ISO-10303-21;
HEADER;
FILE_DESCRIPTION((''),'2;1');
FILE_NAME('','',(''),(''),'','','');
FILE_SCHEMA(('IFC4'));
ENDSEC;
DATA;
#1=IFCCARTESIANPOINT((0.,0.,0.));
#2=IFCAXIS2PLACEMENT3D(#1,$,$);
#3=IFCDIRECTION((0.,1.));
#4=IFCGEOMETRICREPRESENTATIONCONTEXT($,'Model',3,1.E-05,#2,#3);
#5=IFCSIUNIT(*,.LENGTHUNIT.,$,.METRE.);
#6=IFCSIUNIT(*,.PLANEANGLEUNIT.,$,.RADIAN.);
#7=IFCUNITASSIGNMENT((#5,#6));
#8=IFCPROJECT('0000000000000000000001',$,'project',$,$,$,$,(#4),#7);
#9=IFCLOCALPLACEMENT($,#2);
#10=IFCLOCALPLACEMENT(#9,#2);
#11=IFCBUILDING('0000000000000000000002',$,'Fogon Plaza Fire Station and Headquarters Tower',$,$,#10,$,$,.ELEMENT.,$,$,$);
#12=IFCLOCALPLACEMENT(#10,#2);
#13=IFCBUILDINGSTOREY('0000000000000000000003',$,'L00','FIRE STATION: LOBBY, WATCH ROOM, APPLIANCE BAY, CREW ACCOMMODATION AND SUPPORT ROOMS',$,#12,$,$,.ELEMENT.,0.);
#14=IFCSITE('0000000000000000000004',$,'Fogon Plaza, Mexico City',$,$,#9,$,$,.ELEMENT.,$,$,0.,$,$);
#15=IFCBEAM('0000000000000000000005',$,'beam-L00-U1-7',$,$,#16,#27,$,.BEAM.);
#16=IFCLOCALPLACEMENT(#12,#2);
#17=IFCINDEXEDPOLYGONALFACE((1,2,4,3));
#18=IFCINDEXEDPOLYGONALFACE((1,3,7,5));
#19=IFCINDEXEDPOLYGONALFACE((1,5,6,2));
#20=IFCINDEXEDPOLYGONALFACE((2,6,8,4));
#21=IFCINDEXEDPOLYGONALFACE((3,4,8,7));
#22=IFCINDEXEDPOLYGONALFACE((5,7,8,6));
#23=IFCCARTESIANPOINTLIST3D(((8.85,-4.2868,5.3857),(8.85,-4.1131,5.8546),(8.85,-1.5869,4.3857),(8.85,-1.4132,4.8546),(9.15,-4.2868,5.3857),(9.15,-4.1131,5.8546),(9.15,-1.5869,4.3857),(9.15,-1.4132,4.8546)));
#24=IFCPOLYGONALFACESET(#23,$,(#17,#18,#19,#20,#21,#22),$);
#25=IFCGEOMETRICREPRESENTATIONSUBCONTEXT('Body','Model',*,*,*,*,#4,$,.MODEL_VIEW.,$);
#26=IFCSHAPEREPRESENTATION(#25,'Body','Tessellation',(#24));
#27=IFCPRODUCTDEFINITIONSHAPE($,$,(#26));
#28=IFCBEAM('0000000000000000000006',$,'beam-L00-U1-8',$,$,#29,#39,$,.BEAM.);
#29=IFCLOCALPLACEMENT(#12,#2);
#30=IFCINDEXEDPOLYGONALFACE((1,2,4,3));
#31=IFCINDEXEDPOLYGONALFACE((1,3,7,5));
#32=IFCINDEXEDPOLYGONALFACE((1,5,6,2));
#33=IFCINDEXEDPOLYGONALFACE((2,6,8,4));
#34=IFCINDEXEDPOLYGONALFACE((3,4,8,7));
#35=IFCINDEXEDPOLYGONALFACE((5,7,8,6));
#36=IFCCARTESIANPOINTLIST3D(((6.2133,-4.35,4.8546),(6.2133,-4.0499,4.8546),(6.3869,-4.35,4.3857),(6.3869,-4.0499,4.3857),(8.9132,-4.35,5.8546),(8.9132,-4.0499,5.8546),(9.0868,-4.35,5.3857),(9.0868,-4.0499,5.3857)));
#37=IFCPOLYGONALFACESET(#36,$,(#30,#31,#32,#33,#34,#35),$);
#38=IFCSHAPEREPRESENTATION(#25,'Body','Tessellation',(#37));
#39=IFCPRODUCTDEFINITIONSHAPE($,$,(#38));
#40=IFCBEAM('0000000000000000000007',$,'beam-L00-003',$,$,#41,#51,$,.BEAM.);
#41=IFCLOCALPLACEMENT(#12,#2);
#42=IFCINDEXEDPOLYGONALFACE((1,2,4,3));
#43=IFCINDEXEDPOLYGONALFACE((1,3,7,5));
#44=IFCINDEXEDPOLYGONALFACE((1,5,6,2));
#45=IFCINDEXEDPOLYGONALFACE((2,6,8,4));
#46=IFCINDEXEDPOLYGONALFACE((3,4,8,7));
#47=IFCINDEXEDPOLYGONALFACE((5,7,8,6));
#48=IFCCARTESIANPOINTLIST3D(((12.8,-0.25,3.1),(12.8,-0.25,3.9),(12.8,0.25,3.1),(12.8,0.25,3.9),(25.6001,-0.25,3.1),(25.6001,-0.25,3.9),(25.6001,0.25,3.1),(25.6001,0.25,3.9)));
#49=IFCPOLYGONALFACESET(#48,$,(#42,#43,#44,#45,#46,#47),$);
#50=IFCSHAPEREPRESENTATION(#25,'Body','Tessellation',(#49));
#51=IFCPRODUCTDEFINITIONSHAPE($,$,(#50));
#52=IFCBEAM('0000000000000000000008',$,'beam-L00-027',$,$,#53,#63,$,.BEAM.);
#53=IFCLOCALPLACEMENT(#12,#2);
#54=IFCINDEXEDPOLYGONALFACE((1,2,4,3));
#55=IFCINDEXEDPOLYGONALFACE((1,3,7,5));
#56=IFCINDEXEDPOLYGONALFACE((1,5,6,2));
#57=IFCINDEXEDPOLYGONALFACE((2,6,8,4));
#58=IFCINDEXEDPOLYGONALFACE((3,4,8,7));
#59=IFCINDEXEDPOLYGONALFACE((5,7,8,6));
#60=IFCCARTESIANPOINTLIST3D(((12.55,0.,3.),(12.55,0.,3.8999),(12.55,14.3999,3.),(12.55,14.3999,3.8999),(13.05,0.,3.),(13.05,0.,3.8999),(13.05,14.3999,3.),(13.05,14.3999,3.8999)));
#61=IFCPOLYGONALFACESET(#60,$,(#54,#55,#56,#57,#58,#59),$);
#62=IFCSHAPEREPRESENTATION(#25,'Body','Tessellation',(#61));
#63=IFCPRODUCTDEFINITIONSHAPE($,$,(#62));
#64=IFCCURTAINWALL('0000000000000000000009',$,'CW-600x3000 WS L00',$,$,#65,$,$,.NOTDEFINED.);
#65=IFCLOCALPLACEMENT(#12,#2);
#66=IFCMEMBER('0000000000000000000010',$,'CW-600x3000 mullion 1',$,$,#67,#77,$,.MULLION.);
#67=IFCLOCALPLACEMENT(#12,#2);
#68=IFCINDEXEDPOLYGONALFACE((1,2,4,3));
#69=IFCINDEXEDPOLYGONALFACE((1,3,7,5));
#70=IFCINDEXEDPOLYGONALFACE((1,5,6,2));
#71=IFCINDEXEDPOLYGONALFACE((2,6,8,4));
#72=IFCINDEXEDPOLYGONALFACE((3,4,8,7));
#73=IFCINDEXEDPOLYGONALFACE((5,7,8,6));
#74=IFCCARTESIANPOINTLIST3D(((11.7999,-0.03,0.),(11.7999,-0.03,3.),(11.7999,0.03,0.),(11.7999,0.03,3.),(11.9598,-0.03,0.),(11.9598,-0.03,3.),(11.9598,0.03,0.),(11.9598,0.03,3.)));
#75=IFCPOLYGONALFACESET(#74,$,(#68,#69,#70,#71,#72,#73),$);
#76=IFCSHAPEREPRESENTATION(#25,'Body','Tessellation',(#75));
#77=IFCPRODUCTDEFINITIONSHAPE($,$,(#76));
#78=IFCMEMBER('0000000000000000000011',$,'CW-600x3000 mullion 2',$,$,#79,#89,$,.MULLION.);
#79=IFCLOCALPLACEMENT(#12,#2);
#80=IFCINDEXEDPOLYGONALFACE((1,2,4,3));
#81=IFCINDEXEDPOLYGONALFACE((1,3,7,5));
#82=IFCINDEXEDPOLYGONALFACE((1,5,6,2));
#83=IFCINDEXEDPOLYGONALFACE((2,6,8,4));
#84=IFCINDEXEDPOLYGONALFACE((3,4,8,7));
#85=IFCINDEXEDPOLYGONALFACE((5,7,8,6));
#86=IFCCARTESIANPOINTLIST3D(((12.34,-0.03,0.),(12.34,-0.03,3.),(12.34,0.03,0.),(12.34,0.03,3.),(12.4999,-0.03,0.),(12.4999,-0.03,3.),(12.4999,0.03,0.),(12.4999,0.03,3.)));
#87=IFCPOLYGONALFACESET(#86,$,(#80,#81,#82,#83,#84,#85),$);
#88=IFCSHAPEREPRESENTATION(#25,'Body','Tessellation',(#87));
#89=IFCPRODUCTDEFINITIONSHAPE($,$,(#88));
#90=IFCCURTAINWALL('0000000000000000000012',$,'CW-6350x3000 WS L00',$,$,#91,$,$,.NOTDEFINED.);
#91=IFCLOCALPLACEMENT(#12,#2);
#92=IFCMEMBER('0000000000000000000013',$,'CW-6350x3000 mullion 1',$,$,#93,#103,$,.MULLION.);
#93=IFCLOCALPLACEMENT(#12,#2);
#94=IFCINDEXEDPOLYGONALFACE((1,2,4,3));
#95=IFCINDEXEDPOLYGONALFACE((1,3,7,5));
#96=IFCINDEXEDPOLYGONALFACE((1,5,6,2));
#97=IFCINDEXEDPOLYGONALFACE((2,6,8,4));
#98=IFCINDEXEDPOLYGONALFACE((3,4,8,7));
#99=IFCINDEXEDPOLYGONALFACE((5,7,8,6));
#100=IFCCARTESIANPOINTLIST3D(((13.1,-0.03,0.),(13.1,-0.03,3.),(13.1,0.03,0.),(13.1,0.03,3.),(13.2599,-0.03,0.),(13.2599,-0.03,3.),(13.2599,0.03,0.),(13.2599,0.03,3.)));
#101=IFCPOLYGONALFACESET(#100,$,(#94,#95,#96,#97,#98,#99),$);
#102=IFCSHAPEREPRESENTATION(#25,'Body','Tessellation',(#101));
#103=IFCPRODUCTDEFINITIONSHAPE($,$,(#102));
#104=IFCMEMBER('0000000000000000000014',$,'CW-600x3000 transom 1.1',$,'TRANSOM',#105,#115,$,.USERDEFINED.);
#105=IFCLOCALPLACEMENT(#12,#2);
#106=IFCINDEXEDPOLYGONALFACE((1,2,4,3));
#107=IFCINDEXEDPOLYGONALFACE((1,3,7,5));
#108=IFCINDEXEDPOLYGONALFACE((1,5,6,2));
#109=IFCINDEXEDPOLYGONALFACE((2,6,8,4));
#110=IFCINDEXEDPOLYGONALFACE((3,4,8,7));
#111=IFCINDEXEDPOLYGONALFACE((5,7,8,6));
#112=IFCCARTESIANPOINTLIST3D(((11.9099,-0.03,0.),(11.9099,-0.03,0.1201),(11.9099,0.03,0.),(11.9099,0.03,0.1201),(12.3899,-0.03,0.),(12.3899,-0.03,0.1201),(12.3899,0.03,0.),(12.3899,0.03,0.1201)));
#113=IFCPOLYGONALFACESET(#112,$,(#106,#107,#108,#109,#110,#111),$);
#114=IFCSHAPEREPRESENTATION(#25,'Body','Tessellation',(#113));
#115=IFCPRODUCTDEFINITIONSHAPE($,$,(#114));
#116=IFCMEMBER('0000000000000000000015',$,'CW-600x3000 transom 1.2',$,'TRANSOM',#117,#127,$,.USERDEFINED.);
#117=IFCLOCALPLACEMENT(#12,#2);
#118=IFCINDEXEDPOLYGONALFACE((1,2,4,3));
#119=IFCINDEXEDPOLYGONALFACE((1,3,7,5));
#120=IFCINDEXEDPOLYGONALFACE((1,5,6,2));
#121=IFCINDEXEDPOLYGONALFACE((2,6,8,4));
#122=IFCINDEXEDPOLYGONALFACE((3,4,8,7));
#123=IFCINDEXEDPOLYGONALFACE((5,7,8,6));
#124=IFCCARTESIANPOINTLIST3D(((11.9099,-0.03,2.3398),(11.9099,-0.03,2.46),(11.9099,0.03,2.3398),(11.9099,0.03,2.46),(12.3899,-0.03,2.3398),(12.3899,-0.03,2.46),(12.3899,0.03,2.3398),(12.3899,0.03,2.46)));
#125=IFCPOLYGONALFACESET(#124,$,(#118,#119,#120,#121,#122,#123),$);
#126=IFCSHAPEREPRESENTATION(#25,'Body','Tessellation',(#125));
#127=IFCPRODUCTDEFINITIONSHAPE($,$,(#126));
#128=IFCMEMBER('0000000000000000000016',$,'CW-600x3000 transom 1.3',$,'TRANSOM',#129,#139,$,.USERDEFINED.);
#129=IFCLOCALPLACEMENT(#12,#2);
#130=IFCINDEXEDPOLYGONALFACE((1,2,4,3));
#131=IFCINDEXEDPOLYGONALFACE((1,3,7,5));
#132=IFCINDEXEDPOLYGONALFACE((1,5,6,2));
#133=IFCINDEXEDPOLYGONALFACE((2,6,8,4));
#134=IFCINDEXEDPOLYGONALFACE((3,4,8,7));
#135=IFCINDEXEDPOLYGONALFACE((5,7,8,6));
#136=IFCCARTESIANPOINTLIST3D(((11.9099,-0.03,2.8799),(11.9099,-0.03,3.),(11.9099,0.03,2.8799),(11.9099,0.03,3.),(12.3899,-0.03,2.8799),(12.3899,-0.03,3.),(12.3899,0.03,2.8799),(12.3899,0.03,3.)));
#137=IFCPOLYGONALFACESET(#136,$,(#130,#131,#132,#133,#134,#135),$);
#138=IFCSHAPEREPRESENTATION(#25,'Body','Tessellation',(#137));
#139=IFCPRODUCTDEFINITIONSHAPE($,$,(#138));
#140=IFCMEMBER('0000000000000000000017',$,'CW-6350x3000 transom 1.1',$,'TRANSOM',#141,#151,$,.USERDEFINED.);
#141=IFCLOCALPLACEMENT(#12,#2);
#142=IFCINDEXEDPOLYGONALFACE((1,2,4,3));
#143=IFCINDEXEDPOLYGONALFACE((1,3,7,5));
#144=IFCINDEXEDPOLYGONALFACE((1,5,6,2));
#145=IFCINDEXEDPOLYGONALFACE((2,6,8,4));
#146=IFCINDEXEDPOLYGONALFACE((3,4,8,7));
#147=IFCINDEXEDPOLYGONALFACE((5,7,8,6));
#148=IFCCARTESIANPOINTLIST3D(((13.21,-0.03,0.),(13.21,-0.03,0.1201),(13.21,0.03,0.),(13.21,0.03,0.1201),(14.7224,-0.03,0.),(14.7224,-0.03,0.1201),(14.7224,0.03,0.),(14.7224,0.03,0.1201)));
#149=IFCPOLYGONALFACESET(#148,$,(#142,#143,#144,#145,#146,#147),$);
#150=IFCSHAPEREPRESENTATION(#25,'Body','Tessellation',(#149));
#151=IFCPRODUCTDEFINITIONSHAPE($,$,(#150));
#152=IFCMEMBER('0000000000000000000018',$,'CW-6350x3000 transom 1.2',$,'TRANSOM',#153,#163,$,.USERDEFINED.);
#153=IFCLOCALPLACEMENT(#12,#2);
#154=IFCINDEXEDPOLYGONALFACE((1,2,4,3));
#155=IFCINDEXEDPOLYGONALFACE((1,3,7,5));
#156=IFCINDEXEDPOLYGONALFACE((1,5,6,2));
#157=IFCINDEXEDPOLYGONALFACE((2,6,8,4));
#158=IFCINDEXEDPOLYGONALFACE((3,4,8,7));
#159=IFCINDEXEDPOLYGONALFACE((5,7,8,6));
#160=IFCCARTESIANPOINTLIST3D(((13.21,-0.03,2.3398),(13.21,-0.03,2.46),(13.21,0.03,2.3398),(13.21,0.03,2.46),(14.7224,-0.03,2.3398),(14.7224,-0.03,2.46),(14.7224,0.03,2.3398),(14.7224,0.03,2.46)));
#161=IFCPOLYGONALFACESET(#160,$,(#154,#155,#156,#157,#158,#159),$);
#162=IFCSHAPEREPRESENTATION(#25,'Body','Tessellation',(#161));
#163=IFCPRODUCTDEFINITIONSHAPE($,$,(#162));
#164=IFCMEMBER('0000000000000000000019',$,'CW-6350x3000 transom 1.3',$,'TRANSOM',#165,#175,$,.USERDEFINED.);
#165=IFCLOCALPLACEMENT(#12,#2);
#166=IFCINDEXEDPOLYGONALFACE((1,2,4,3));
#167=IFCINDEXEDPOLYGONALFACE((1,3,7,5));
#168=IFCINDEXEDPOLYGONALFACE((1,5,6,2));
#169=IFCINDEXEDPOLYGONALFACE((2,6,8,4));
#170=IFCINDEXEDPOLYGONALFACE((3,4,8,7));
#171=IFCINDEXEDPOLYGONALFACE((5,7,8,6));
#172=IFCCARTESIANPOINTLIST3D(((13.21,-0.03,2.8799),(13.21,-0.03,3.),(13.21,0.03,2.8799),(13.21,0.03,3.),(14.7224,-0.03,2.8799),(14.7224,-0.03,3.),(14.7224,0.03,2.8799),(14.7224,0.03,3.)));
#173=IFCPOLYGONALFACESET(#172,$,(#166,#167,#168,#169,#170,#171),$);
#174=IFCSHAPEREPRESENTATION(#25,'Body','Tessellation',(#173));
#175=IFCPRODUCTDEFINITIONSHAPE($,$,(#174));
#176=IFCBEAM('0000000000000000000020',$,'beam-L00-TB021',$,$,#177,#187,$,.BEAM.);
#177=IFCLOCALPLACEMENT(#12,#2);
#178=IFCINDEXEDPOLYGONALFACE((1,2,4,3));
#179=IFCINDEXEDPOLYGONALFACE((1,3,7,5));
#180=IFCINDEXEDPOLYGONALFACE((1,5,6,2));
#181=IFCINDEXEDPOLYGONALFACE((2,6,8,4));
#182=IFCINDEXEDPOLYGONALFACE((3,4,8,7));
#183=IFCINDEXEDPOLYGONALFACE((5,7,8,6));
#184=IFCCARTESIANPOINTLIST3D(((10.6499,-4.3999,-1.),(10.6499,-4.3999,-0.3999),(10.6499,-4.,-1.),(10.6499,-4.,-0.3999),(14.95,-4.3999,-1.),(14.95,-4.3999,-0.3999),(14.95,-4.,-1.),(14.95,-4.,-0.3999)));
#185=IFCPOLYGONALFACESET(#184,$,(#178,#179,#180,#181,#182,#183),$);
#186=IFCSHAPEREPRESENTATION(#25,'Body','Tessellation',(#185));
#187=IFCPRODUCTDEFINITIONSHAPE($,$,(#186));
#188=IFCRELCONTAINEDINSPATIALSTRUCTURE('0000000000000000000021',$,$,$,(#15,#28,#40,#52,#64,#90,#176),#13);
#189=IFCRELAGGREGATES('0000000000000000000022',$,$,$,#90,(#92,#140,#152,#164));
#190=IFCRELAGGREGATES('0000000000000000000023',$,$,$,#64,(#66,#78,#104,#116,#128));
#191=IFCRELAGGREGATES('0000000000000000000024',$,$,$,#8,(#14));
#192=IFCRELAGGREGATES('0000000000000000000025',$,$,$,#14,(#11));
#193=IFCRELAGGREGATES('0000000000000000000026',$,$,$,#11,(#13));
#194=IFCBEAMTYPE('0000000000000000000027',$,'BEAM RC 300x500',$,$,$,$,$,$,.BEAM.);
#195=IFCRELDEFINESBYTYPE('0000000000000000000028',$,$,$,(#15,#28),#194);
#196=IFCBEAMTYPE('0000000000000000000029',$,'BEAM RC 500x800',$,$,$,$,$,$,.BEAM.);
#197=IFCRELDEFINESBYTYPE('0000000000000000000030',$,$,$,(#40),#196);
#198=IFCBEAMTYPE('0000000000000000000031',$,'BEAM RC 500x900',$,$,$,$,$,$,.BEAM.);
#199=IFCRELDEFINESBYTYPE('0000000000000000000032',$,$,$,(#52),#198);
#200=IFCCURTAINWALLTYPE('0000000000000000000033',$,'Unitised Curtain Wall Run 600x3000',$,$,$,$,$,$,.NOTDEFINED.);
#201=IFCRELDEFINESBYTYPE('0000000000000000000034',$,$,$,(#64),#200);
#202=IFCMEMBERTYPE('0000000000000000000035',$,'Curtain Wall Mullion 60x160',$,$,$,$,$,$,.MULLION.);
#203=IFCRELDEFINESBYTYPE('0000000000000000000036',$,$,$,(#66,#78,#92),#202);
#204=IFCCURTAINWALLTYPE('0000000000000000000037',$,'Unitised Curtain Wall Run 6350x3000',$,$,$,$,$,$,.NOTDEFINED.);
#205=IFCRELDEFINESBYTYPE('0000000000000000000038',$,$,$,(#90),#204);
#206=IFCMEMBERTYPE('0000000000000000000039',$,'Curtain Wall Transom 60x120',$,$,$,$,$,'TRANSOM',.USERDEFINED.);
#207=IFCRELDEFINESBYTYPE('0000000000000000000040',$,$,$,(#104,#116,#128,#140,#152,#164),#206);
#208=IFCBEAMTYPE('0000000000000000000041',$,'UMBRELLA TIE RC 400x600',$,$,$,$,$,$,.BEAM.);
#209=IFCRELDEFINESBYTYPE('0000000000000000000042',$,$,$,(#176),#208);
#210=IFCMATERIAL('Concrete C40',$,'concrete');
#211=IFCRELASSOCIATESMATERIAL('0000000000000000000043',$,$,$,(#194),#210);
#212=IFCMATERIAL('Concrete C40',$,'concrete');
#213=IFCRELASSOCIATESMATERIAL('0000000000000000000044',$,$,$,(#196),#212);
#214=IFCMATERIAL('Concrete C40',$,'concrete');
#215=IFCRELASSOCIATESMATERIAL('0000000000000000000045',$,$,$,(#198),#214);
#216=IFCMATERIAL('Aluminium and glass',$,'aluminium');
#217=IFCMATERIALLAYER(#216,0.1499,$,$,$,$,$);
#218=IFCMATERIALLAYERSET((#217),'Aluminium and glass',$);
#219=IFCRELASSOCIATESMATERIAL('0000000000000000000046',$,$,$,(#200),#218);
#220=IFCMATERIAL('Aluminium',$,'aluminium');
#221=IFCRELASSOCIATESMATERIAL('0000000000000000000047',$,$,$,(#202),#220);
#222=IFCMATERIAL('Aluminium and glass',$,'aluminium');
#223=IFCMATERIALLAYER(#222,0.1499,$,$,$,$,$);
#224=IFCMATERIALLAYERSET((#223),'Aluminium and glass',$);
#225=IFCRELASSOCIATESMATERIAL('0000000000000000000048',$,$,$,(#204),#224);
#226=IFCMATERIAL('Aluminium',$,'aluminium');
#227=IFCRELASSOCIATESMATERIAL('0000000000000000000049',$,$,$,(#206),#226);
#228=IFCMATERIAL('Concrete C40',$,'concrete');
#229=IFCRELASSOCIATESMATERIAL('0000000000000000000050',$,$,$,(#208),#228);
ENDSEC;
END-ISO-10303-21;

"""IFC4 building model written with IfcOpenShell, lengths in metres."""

from ifc_helpers import new_model, si_unit, direction, frame, origin, origin_2d, place, context, subcontext, project, spatial, rectangle, extrude, material, layer, layer_set, material_profile, profile_set, type_object, element, aggregate, save


model = new_model("IFC4")

# Units and contexts
model_context = context("Model", 3, precision=1e-05, world=origin(), true_north=direction((0.0, 1.0)))
body_context = subcontext(model_context, "Body", "Model", "MODEL_VIEW")
ifc_project = project(units=[si_unit("LENGTHUNIT", "METRE"), si_unit("PLANEANGLEUNIT", "RADIAN")], contexts=[model_context])

# Site, building, storey
site_placement = place(None, origin())
site = spatial("IfcSite", under=ifc_project, at=site_placement, Name="Fogon Plaza, Mexico City", CompositionType="ELEMENT", RefElevation=0.0)
building_placement = place(site_placement, origin())
building = spatial("IfcBuilding", under=site, at=building_placement, Name="Fogon Plaza Fire Station and Headquarters Tower", CompositionType="ELEMENT")
storey_placement = place(building_placement, origin())
storey = spatial("IfcBuildingStorey", under=building, at=storey_placement, Name="L00", Description="FIRE STATION: LOBBY, WATCH ROOM, APPLIANCE BAY, CREW ACCOMMODATION AND SUPPORT ROOMS", CompositionType="ELEMENT", Elevation=0.0)

# Beams
ifc_material_1 = material(Name="Concrete C40", Category="concrete")
ifc_material_profile_1 = material_profile(ifc_material_1, rectangle(XDim=0.3, YDim=0.5, at=origin_2d()), Name="RC 300x500")
ifc_profile_set_1 = profile_set([ifc_material_profile_1], Name="Concrete C40")
beam_type_1 = type_object("IfcBeamType", Name="BEAM RC 300x500", PredefinedType="BEAM", material=ifc_profile_set_1)
for number, where, z_axis, x_axis, name in (
    (1, (9.0, -4.2, 5.6201), (0.0, 0.937747, -0.34732), (-1.0, 0.0, 0.0), "beam-L00-U1-7"),
    (2, (9.0, -4.2, 5.6201), (-0.937747, 0.0, -0.34732), (0.0, -1.0, 0.0), "beam-L00-U1-8"),
):
    element("IfcBeam", number, at=place(storey_placement, frame(where, z_axis=z_axis, x_axis=x_axis)), inside=storey, type_object=beam_type_1, Name=name, PredefinedType="BEAM", context=body_context, shape_type="SweptSolid", body=[
        extrude(rectangle(XDim=0.3, YDim=0.5, at=origin_2d()), origin(), (0.0, 0.0, 1.0), 2.8792),
    ])
ifc_material_2 = material(Name="Concrete C40", Category="concrete")
ifc_material_profile_2 = material_profile(ifc_material_2, rectangle(XDim=0.5, YDim=0.8, at=origin_2d()), Name="RC 500x800")
ifc_profile_set_2 = profile_set([ifc_material_profile_2], Name="Concrete C40")
beam_type_2 = type_object("IfcBeamType", Name="BEAM RC 500x800", PredefinedType="BEAM", material=ifc_profile_set_2)
beam_1_placement = place(storey_placement, frame((12.8, 0.0, 3.5), z_axis=(1.0, 0.0, 0.0), x_axis=(0.0, 1.0, 0.0)))
element("IfcBeam", 3, at=beam_1_placement, inside=storey, type_object=beam_type_2, Name="beam-L00-003", PredefinedType="BEAM", context=body_context, shape_type="SweptSolid", body=[
    extrude(rectangle(XDim=0.5, YDim=0.8, at=origin_2d()), origin(), (0.0, 0.0, 1.0), 12.8),
])
ifc_material_3 = material(Name="Concrete C40", Category="concrete")
ifc_material_profile_3 = material_profile(ifc_material_3, rectangle(XDim=0.5, YDim=0.8999, at=origin_2d()), Name="RC 500x900")
ifc_profile_set_3 = profile_set([ifc_material_profile_3], Name="Concrete C40")
beam_type_3 = type_object("IfcBeamType", Name="BEAM RC 500x900", PredefinedType="BEAM", material=ifc_profile_set_3)
beam_2_placement = place(storey_placement, frame((12.8, 0.0, 3.45), z_axis=(0.0, 1.0, 0.0), x_axis=(-1.0, 0.0, 0.0)))
element("IfcBeam", 4, at=beam_2_placement, inside=storey, type_object=beam_type_3, Name="beam-L00-027", PredefinedType="BEAM", context=body_context, shape_type="SweptSolid", body=[
    extrude(rectangle(XDim=0.5, YDim=0.8999, at=origin_2d()), origin(), (0.0, 0.0, 1.0), 14.3999),
])

# Curtain wall, members
ifc_material_4 = material(Name="Aluminium and glass", Category="aluminium")
ifc_layer_1 = layer(ifc_material_4, 0.1499)
ifc_layer_set_1 = layer_set([ifc_layer_1], Name="Aluminium and glass")
curtain_wall_type_1 = type_object("IfcCurtainWallType", Name="Unitised Curtain Wall Run 600x3000", PredefinedType="NOTDEFINED", material=ifc_layer_set_1)
curtain_wall_1_placement = place(storey_placement, origin())
curtain_wall_1 = element("IfcCurtainWall", 5, at=curtain_wall_1_placement, inside=storey, type_object=curtain_wall_type_1, Name="CW-600x3000 WS L00", PredefinedType="NOTDEFINED")
ifc_material_5 = material(Name="Aluminium", Category="aluminium")
ifc_material_profile_4 = material_profile(ifc_material_5, rectangle(XDim=0.0601, YDim=0.1599, at=origin_2d()), Name="Curtain Wall Mullion 60x160")
ifc_profile_set_4 = profile_set([ifc_material_profile_4], Name="Aluminium")
member_type_1 = type_object("IfcMemberType", Name="Curtain Wall Mullion 60x160", PredefinedType="MULLION", material=ifc_profile_set_4)
member_1_placement = place(storey_placement, frame((11.8799, 0.0, 0.0), z_axis=(0.0, 0.0, 1.0), x_axis=(0.0, 1.0, 0.0)))
member_1 = element("IfcMember", 6, at=member_1_placement, type_object=member_type_1, Name="CW-600x3000 mullion 1", PredefinedType="MULLION", context=body_context, shape_type="SweptSolid", body=[
    extrude(rectangle(XDim=0.0601, YDim=0.1599, at=origin_2d()), origin(), (0.0, 0.0, 1.0), 3.0),
])
member_2_placement = place(storey_placement, frame((12.4199, 0.0, 0.0), z_axis=(0.0, 0.0, 1.0), x_axis=(0.0, 1.0, 0.0)))
member_2 = element("IfcMember", 7, at=member_2_placement, type_object=member_type_1, Name="CW-600x3000 mullion 2", PredefinedType="MULLION", context=body_context, shape_type="SweptSolid", body=[
    extrude(rectangle(XDim=0.0601, YDim=0.1599, at=origin_2d()), origin(), (0.0, 0.0, 1.0), 3.0),
])

# Curtain wall, member
ifc_material_6 = material(Name="Aluminium and glass", Category="aluminium")
ifc_layer_2 = layer(ifc_material_6, 0.1499)
ifc_layer_set_2 = layer_set([ifc_layer_2], Name="Aluminium and glass")
curtain_wall_type_2 = type_object("IfcCurtainWallType", Name="Unitised Curtain Wall Run 6350x3000", PredefinedType="NOTDEFINED", material=ifc_layer_set_2)
curtain_wall_2_placement = place(storey_placement, origin())
curtain_wall_2 = element("IfcCurtainWall", 8, at=curtain_wall_2_placement, inside=storey, type_object=curtain_wall_type_2, Name="CW-6350x3000 WS L00", PredefinedType="NOTDEFINED")
member_3_placement = place(storey_placement, frame((13.1799, 0.0, 0.0), z_axis=(0.0, 0.0, 1.0), x_axis=(0.0, 1.0, 0.0)))
member_3 = element("IfcMember", 9, at=member_3_placement, type_object=member_type_1, Name="CW-6350x3000 mullion 1", PredefinedType="MULLION", context=body_context, shape_type="SweptSolid", body=[
    extrude(rectangle(XDim=0.0601, YDim=0.1599, at=origin_2d()), origin(), (0.0, 0.0, 1.0), 3.0),
])

# Members
ifc_material_7 = material(Name="Aluminium", Category="aluminium")
ifc_material_profile_5 = material_profile(ifc_material_7, rectangle(XDim=0.0601, YDim=0.1201, at=origin_2d()), Name="Curtain Wall Transom 60x120")
ifc_profile_set_5 = profile_set([ifc_material_profile_5], Name="Aluminium")
member_type_2 = type_object("IfcMemberType", Name="Curtain Wall Transom 60x120", ElementType="TRANSOM", PredefinedType="USERDEFINED", material=ifc_profile_set_5)
member_4_placement = place(storey_placement, frame((11.9099, 0.0, 0.0601), z_axis=(1.0, 0.0, 0.0), x_axis=(0.0, 1.0, 0.0)))
member_4 = element("IfcMember", 10, at=member_4_placement, type_object=member_type_2, Name="CW-600x3000 transom 1.1", ObjectType="TRANSOM", PredefinedType="USERDEFINED", context=body_context, shape_type="SweptSolid", body=[
    extrude(rectangle(XDim=0.0601, YDim=0.1201, at=origin_2d()), origin(), (0.0, 0.0, 1.0), 0.48),
])
member_5_placement = place(storey_placement, frame((11.9099, 0.0, 2.3999), z_axis=(1.0, 0.0, 0.0), x_axis=(0.0, 1.0, 0.0)))
member_5 = element("IfcMember", 11, at=member_5_placement, type_object=member_type_2, Name="CW-600x3000 transom 1.2", ObjectType="TRANSOM", PredefinedType="USERDEFINED", context=body_context, shape_type="SweptSolid", body=[
    extrude(rectangle(XDim=0.0601, YDim=0.1201, at=origin_2d()), origin(), (0.0, 0.0, 1.0), 0.48),
])
member_6_placement = place(storey_placement, frame((11.9099, 0.0, 2.9399), z_axis=(1.0, 0.0, 0.0), x_axis=(0.0, 1.0, 0.0)))
member_6 = element("IfcMember", 12, at=member_6_placement, type_object=member_type_2, Name="CW-600x3000 transom 1.3", ObjectType="TRANSOM", PredefinedType="USERDEFINED", context=body_context, shape_type="SweptSolid", body=[
    extrude(rectangle(XDim=0.0601, YDim=0.1201, at=origin_2d()), origin(), (0.0, 0.0, 1.0), 0.48),
])
member_7_placement = place(storey_placement, frame((13.21, 0.0, 0.0601), z_axis=(1.0, 0.0, 0.0), x_axis=(0.0, 1.0, 0.0)))
member_7 = element("IfcMember", 13, at=member_7_placement, type_object=member_type_2, Name="CW-6350x3000 transom 1.1", ObjectType="TRANSOM", PredefinedType="USERDEFINED", context=body_context, shape_type="SweptSolid", body=[
    extrude(rectangle(XDim=0.0601, YDim=0.1201, at=origin_2d()), origin(), (0.0, 0.0, 1.0), 1.5125),
])
member_8_placement = place(storey_placement, frame((13.21, 0.0, 2.3999), z_axis=(1.0, 0.0, 0.0), x_axis=(0.0, 1.0, 0.0)))
member_8 = element("IfcMember", 14, at=member_8_placement, type_object=member_type_2, Name="CW-6350x3000 transom 1.2", ObjectType="TRANSOM", PredefinedType="USERDEFINED", context=body_context, shape_type="SweptSolid", body=[
    extrude(rectangle(XDim=0.0601, YDim=0.1201, at=origin_2d()), origin(), (0.0, 0.0, 1.0), 1.5125),
])
member_9_placement = place(storey_placement, frame((13.21, 0.0, 2.9399), z_axis=(1.0, 0.0, 0.0), x_axis=(0.0, 1.0, 0.0)))
member_9 = element("IfcMember", 15, at=member_9_placement, type_object=member_type_2, Name="CW-6350x3000 transom 1.3", ObjectType="TRANSOM", PredefinedType="USERDEFINED", context=body_context, shape_type="SweptSolid", body=[
    extrude(rectangle(XDim=0.0601, YDim=0.1201, at=origin_2d()), origin(), (0.0, 0.0, 1.0), 1.5125),
])

# Beam
ifc_material_8 = material(Name="Concrete C40", Category="concrete")
ifc_material_profile_6 = material_profile(ifc_material_8, rectangle(XDim=0.3999, YDim=0.6001, at=origin_2d()), Name="RC 400x600")
ifc_profile_set_6 = profile_set([ifc_material_profile_6], Name="Concrete C40")
beam_type_4 = type_object("IfcBeamType", Name="UMBRELLA TIE RC 400x600", PredefinedType="BEAM", material=ifc_profile_set_6)
beam_3_placement = place(storey_placement, frame((10.6499, -4.2, -0.7), z_axis=(1.0, 0.0, 0.0), x_axis=(0.0, 1.0, 0.0)))
element("IfcBeam", 16, at=beam_3_placement, inside=storey, type_object=beam_type_4, Name="beam-L00-TB021", PredefinedType="BEAM", context=body_context, shape_type="SweptSolid", body=[
    extrude(rectangle(XDim=0.3999, YDim=0.6001, at=origin_2d()), origin(), (0.0, 0.0, 1.0), 4.3),
])

aggregate(curtain_wall_2, [member_3, member_7, member_8, member_9])
aggregate(curtain_wall_1, [member_1, member_2, member_4, member_5, member_6])

save(model, "model.ifc")
